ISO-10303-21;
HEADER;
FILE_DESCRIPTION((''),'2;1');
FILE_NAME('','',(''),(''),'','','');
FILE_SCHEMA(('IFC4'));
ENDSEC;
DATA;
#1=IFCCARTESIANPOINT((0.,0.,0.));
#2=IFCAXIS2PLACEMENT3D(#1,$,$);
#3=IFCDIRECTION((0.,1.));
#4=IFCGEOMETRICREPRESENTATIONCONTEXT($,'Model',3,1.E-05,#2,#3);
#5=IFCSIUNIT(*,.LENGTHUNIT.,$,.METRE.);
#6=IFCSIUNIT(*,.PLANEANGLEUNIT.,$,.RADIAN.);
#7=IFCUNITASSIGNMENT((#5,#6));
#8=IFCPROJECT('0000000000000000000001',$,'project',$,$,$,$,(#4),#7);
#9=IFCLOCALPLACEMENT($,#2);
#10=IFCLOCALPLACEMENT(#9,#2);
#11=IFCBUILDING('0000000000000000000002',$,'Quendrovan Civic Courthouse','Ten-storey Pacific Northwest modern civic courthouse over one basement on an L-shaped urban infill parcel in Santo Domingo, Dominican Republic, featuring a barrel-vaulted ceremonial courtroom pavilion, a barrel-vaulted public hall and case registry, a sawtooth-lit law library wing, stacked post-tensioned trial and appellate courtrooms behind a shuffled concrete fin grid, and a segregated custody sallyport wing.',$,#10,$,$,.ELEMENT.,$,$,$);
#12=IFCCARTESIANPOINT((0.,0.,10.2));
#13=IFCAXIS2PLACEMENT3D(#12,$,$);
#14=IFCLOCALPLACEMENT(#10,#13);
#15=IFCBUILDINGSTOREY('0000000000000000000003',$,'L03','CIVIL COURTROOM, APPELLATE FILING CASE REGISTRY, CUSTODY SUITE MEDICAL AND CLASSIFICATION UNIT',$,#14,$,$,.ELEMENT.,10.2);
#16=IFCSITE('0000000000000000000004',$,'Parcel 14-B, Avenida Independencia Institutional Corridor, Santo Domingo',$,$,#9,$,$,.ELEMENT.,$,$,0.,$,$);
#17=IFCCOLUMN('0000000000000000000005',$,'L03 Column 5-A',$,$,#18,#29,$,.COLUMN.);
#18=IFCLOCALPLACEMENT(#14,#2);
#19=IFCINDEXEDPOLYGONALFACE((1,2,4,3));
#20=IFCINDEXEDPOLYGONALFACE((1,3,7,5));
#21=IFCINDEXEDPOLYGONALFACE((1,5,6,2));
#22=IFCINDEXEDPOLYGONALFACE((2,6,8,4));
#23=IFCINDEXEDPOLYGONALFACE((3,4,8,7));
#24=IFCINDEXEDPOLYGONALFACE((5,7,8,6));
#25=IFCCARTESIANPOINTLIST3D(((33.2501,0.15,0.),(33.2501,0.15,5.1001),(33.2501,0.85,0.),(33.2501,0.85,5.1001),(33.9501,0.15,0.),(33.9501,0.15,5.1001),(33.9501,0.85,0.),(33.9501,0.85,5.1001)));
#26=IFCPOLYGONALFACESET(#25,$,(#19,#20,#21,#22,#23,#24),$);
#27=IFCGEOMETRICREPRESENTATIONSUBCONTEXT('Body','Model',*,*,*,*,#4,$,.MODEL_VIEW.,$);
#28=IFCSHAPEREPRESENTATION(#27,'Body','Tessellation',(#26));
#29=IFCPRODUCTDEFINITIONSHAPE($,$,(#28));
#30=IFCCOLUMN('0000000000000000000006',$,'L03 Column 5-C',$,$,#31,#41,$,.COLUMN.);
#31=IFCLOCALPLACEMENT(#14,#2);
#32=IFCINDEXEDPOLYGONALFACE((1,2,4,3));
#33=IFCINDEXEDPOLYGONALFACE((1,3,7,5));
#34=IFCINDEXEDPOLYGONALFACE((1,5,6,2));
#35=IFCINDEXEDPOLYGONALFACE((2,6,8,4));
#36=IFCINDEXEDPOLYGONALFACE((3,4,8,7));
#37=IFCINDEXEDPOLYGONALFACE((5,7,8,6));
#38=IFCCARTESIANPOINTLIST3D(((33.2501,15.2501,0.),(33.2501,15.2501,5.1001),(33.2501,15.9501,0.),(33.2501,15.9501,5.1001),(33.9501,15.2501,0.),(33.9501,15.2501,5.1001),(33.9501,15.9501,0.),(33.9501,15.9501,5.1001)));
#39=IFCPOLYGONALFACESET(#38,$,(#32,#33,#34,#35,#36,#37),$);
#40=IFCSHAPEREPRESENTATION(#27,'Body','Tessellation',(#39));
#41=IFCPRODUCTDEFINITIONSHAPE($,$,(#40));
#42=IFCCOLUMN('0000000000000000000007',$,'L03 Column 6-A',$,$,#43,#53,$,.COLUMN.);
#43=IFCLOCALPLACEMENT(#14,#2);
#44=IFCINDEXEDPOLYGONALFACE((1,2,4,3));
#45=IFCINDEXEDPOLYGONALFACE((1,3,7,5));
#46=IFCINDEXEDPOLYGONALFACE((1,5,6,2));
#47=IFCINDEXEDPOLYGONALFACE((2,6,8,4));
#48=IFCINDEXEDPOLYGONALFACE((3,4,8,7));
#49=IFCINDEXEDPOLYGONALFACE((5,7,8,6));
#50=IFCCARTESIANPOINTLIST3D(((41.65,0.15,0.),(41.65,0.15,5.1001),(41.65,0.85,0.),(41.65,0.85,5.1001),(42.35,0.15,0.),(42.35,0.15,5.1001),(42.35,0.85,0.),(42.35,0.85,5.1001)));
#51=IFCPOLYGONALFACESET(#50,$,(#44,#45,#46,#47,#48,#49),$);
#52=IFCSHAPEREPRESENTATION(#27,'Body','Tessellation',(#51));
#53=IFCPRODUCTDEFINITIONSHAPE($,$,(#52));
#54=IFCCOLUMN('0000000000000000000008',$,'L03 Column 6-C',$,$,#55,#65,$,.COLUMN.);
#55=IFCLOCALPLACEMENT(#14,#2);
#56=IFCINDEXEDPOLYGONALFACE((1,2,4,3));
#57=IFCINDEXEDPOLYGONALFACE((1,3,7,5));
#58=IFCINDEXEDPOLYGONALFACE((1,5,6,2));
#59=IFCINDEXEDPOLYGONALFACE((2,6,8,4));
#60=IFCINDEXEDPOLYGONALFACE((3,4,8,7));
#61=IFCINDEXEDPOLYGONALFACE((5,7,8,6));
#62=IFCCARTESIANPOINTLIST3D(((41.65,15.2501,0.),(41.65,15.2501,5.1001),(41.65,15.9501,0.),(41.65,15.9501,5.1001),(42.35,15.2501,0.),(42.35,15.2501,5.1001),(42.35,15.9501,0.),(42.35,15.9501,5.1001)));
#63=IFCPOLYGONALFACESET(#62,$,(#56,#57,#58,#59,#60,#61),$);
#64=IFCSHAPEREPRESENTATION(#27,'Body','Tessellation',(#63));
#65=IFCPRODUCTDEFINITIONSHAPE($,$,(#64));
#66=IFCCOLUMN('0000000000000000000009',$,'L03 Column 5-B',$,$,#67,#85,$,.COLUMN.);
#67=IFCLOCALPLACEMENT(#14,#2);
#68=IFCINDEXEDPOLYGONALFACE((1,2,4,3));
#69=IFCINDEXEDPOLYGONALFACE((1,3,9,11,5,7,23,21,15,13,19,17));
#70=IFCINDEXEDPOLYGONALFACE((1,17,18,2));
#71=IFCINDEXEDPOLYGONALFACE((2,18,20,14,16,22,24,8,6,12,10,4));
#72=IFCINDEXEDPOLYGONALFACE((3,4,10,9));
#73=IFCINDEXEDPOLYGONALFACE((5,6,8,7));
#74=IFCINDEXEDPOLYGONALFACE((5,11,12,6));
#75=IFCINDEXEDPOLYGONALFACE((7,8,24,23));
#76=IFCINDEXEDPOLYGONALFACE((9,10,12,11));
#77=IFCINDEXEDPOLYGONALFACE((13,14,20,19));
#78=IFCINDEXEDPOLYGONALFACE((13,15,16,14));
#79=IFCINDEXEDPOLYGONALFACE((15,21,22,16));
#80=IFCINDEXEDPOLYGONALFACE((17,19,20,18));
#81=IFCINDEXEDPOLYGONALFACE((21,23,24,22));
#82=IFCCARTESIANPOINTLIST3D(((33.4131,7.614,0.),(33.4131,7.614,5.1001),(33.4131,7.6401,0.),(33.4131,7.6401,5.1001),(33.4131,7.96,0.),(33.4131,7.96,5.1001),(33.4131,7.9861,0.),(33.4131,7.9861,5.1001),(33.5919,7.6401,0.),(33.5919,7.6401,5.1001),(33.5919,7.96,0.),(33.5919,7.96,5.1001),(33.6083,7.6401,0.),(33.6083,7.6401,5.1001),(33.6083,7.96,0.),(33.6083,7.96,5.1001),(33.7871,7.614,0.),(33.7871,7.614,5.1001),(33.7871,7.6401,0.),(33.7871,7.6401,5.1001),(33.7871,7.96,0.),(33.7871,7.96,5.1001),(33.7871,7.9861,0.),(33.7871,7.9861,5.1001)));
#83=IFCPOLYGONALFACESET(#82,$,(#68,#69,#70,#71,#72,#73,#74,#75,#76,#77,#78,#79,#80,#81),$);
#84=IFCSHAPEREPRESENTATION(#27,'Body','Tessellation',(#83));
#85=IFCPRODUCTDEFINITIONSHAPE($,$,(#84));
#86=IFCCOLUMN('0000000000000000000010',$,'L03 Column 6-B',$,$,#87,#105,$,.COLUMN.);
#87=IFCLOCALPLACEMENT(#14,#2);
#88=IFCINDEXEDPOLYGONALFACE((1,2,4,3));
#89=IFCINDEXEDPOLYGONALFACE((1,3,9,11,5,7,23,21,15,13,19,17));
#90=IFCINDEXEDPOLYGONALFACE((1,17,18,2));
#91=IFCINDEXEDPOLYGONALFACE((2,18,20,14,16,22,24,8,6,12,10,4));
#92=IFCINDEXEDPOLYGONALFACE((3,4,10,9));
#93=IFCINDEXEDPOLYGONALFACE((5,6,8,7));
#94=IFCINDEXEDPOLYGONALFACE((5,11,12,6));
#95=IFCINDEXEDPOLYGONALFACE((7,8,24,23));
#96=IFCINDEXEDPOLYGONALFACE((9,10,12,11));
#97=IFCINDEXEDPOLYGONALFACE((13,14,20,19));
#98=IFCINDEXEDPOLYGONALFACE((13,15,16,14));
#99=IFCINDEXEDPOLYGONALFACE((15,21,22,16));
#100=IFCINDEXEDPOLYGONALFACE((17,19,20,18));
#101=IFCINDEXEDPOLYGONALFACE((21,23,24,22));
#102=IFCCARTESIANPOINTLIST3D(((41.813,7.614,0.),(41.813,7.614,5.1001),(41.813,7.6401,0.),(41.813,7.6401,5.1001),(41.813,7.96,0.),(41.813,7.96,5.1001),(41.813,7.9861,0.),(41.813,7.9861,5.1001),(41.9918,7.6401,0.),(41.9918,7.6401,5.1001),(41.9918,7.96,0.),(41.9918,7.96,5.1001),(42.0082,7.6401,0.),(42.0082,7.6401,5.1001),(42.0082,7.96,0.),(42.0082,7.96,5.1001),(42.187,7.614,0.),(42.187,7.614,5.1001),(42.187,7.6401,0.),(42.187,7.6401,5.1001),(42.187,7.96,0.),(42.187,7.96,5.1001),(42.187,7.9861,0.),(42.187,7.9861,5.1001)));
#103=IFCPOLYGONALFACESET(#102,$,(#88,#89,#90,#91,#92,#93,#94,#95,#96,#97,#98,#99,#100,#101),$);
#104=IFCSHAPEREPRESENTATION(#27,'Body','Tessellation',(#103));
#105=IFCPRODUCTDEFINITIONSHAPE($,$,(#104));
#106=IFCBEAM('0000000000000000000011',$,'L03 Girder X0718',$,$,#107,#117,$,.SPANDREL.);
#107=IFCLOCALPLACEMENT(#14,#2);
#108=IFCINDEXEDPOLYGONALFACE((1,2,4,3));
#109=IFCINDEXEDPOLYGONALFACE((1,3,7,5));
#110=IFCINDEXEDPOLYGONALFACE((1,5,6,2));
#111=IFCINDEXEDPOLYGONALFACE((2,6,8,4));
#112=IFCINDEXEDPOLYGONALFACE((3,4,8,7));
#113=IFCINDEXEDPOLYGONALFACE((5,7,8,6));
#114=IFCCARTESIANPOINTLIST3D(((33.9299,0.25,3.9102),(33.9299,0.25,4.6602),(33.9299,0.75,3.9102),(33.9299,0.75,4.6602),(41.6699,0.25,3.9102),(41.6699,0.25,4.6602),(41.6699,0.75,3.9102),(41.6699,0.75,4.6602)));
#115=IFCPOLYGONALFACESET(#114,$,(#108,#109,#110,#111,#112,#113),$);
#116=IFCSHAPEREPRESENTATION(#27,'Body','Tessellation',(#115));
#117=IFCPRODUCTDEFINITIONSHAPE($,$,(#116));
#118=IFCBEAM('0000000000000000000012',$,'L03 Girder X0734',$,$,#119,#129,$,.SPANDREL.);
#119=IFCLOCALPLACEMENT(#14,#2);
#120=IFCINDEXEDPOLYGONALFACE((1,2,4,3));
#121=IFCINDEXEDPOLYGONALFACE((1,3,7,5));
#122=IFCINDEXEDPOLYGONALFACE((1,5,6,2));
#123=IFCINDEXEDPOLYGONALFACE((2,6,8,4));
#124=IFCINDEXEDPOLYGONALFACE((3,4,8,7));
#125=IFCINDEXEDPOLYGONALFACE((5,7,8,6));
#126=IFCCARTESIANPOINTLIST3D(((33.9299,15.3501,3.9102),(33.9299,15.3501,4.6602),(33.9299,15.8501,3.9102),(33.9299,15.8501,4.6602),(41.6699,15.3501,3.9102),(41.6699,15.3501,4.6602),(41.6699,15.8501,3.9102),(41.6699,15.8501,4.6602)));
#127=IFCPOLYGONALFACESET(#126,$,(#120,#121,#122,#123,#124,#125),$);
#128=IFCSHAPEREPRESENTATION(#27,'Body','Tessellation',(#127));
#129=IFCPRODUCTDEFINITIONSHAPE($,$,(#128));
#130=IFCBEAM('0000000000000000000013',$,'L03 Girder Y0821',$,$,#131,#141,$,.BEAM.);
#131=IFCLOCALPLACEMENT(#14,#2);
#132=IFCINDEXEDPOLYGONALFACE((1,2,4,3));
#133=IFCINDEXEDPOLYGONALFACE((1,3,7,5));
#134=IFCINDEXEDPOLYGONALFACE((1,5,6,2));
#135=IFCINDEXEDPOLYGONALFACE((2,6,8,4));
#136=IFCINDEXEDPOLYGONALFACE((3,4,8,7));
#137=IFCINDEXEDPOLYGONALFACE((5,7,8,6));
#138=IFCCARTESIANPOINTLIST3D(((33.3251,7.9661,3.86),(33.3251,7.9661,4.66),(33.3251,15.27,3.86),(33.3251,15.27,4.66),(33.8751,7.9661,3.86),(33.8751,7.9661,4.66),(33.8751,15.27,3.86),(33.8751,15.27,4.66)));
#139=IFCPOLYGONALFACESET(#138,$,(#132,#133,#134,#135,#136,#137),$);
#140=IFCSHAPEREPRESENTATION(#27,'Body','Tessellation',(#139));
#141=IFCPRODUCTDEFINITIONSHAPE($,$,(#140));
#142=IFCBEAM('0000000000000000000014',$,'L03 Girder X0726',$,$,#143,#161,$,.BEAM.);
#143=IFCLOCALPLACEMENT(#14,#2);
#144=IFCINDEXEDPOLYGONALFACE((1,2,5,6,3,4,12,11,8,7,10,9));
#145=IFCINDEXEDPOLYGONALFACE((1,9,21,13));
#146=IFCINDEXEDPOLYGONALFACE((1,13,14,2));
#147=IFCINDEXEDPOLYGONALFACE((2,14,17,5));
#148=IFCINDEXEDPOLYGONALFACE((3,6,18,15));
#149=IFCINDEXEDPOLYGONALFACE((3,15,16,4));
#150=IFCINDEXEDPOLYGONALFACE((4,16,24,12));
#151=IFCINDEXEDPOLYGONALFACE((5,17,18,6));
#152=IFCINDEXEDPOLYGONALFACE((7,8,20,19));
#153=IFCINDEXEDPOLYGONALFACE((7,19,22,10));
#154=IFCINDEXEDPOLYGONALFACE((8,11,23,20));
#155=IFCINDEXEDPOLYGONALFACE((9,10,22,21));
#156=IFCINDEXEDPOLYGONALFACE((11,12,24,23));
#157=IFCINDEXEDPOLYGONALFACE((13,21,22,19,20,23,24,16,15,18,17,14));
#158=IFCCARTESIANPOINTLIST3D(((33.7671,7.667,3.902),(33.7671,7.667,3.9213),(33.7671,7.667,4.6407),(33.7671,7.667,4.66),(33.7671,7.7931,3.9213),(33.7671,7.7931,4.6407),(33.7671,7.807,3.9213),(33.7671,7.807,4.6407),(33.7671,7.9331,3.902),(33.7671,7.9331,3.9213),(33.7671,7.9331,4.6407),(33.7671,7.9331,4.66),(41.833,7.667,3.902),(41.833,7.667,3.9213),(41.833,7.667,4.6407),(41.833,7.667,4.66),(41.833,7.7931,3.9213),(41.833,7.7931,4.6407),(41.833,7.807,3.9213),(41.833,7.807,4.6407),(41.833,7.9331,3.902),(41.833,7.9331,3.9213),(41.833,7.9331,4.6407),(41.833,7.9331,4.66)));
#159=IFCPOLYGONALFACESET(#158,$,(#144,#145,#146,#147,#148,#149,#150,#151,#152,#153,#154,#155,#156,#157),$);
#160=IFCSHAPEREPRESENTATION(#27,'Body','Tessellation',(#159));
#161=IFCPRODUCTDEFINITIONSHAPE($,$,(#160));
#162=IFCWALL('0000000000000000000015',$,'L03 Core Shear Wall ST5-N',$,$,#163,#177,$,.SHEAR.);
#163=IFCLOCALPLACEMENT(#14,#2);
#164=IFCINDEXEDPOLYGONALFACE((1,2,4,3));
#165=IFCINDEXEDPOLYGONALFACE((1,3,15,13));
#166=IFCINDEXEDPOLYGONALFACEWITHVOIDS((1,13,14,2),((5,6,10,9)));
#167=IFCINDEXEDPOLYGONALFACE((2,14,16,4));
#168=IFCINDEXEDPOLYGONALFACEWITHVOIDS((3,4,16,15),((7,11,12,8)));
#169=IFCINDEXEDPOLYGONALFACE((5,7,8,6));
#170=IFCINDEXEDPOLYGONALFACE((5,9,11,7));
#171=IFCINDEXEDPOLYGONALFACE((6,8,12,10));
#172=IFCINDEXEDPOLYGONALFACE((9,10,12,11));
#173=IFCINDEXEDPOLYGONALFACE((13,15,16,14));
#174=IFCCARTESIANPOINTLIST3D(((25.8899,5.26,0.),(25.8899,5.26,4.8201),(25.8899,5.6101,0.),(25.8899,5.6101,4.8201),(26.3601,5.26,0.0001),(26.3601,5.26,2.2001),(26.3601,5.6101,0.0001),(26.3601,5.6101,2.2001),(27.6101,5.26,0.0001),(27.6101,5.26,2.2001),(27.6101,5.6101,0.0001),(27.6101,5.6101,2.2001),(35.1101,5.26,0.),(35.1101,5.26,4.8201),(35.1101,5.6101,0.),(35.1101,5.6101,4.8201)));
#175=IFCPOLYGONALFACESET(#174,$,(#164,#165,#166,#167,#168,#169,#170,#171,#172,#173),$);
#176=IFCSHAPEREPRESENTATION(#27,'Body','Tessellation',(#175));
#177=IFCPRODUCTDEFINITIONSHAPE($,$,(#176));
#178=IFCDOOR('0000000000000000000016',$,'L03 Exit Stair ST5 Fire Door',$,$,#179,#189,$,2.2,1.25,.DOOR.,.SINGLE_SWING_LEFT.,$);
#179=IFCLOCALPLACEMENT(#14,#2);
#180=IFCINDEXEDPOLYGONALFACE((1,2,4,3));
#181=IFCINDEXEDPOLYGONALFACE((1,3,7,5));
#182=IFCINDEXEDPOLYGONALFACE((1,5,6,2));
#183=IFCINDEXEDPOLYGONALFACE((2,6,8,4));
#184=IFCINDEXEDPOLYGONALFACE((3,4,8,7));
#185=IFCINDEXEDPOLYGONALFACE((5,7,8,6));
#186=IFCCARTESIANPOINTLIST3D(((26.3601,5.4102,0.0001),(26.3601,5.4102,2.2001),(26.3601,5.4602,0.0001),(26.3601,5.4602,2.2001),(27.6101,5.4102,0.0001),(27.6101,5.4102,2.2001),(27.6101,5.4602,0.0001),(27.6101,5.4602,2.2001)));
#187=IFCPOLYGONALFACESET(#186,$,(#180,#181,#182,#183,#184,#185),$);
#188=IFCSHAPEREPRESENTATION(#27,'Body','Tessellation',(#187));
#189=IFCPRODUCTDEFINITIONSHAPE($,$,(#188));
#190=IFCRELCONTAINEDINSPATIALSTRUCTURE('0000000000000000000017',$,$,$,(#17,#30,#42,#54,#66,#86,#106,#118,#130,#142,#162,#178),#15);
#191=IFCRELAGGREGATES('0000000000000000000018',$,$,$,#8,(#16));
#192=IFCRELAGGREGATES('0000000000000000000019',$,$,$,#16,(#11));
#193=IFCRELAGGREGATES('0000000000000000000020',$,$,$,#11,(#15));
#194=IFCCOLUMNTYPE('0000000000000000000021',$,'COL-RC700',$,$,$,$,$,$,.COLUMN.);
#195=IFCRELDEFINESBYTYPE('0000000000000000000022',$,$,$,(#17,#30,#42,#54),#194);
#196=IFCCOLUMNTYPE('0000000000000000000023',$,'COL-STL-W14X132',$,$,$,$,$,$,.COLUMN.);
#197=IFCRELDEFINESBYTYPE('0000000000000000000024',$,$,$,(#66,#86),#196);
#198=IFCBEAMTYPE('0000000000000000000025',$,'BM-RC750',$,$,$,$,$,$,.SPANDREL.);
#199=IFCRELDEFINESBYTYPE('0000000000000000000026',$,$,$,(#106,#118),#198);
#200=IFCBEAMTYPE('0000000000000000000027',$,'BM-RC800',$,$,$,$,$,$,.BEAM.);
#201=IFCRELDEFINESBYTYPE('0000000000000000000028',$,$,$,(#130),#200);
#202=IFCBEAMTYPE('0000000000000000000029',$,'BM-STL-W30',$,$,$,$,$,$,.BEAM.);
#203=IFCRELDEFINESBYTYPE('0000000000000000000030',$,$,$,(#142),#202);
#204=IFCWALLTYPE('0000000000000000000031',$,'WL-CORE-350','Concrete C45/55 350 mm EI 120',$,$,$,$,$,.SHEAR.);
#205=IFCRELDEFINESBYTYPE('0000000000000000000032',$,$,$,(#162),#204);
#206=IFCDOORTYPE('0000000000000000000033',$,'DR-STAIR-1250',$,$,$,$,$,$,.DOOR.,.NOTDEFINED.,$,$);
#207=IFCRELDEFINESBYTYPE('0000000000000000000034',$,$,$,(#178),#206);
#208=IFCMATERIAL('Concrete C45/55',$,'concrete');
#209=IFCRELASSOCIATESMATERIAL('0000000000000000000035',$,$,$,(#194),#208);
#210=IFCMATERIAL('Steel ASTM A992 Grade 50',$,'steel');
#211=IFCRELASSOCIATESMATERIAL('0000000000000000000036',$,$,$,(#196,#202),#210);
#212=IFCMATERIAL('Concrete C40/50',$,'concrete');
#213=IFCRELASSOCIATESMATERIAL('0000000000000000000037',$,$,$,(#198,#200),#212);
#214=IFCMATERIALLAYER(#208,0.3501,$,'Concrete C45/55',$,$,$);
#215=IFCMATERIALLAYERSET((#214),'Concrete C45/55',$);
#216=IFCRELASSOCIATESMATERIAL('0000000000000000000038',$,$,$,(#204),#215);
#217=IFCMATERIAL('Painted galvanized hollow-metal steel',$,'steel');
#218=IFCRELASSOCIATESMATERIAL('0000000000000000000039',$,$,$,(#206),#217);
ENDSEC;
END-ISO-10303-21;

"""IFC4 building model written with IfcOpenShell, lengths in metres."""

from ifc_helpers import new_model, si_unit, direction, frame, frame_2d, origin, origin_2d, place, context, subcontext, project, spatial, rectangle, i_section, extrude, material, layer, layer_set, material_profile, profile_set, type_object, element, fill, save


model = new_model("IFC4")

# Units and contexts
model_context = context("Model", 3, precision=1e-05, world=origin(), true_north=direction((0.0, 1.0)))
body_context = subcontext(model_context, "Body", "Model", "MODEL_VIEW")
ifc_project = project(units=[si_unit("LENGTHUNIT", "METRE"), si_unit("PLANEANGLEUNIT", "RADIAN")], contexts=[model_context])

# Site, building, storey
site_placement = place(None, origin())
site = spatial("IfcSite", under=ifc_project, at=site_placement, Name="Parcel 14-B, Avenida Independencia Institutional Corridor, Santo Domingo", CompositionType="ELEMENT", RefElevation=0.0)
building_placement = place(site_placement, origin())
building = spatial("IfcBuilding", under=site, at=building_placement, Name="Quendrovan Civic Courthouse", Description="Ten-storey Pacific Northwest modern civic courthouse over one basement on an L-shaped urban infill parcel in Santo Domingo, Dominican Republic, featuring a barrel-vaulted ceremonial courtroom pavilion, a barrel-vaulted public hall and case registry, a sawtooth-lit law library wing, stacked post-tensioned trial and appellate courtrooms behind a shuffled concrete fin grid, and a segregated custody sallyport wing.", CompositionType="ELEMENT")
storey_placement = place(building_placement, frame((0.0, 0.0, 10.2)))
storey = spatial("IfcBuildingStorey", under=building, at=storey_placement, Name="L03", Description="CIVIL COURTROOM, APPELLATE FILING CASE REGISTRY, CUSTODY SUITE MEDICAL AND CLASSIFICATION UNIT", CompositionType="ELEMENT", Elevation=10.2)

# Columns
ifc_material_1 = material(Name="Concrete C45/55", Category="concrete")
ifc_material_profile_1 = material_profile(ifc_material_1, rectangle(XDim=0.7, YDim=0.7, at=origin_2d()), Name="RC-COL-700x700")
ifc_profile_set_1 = profile_set([ifc_material_profile_1], Name="Concrete C45/55")
column_type_1 = type_object("IfcColumnType", Name="COL-RC700", PredefinedType="COLUMN", material=ifc_profile_set_1)
for number, where, z_axis, x_axis, name in (
    (1, (33.6001, 0.5, 0.0), (0.0, 0.0, 1.0), (1.0, 0.0, 0.0), "L03 Column 5-A"),
    (2, (33.6001, 15.6001, 0.0), (0.0, 0.0, 1.0), (1.0, 0.0, 0.0), "L03 Column 5-C"),
    (3, (42.0, 0.5, 0.0), (0.0, 0.0, 1.0), (1.0, 0.0, 0.0), "L03 Column 6-A"),
    (4, (42.0, 15.6001, 0.0), (0.0, 0.0, 1.0), (1.0, 0.0, 0.0), "L03 Column 6-C"),
):
    element("IfcColumn", number, at=place(storey_placement, frame(where, z_axis=z_axis, x_axis=x_axis)), inside=storey, type_object=column_type_1, Name=name, PredefinedType="COLUMN", context=body_context, shape_type="SweptSolid", body=[
        extrude(rectangle(XDim=0.7, YDim=0.7, at=origin_2d()), origin(), (0.0, 0.0, 1.0), 5.1001),
    ])
ifc_material_2 = material(Name="Steel ASTM A992 Grade 50", Category="steel")
ifc_material_profile_2 = material_profile(ifc_material_2, i_section(OverallWidth=0.374, OverallDepth=0.3721, WebThickness=0.0164, FlangeThickness=0.0261, at=origin_2d()), Name="W14X132")
ifc_profile_set_2 = profile_set([ifc_material_profile_2], Name="Steel ASTM A992 Grade 50")
column_type_2 = type_object("IfcColumnType", Name="COL-STL-W14X132", PredefinedType="COLUMN", material=ifc_profile_set_2)
for number, where, z_axis, x_axis, name in (
    (5, (33.6001, 7.8, 0.0), (0.0, 0.0, 1.0), (1.0, 0.0, 0.0), "L03 Column 5-B"),
    (6, (42.0, 7.8, 0.0), (0.0, 0.0, 1.0), (1.0, 0.0, 0.0), "L03 Column 6-B"),
):
    element("IfcColumn", number, at=place(storey_placement, frame(where, z_axis=z_axis, x_axis=x_axis)), inside=storey, type_object=column_type_2, Name=name, PredefinedType="COLUMN", context=body_context, shape_type="SweptSolid", body=[
        extrude(i_section(OverallWidth=0.374, OverallDepth=0.3721, WebThickness=0.0164, FlangeThickness=0.0261, at=origin_2d()), origin(), (0.0, 0.0, 1.0), 5.1001),
    ])

# Beams
ifc_material_3 = material(Name="Concrete C40/50", Category="concrete")
ifc_material_profile_3 = material_profile(ifc_material_3, rectangle(XDim=0.5, YDim=0.75, at=origin_2d()), Name="RC-BM-500x750")
ifc_profile_set_3 = profile_set([ifc_material_profile_3], Name="Concrete C40/50")
beam_type_1 = type_object("IfcBeamType", Name="BM-RC750", PredefinedType="SPANDREL", material=ifc_profile_set_3)
for number, where, z_axis, x_axis, name in (
    (7, (33.9299, 0.5, 4.2852), (1.0, 0.0, 0.0), (0.0, 1.0, 0.0), "L03 Girder X0718"),
    (8, (33.9299, 15.6001, 4.2852), (1.0, 0.0, 0.0), (0.0, 1.0, 0.0), "L03 Girder X0734"),
):
    element("IfcBeam", number, at=place(storey_placement, frame(where, z_axis=z_axis, x_axis=x_axis)), inside=storey, type_object=beam_type_1, Name=name, PredefinedType="SPANDREL", context=body_context, shape_type="SweptSolid", body=[
        extrude(rectangle(XDim=0.5, YDim=0.75, at=origin_2d()), origin(), (0.0, 0.0, 1.0), 7.74),
    ])
ifc_material_profile_4 = material_profile(ifc_material_3, rectangle(XDim=0.55, YDim=0.8, at=origin_2d()), Name="RC-BM-550x800")
ifc_profile_set_4 = profile_set([ifc_material_profile_4], Name="Concrete C40/50")
beam_type_2 = type_object("IfcBeamType", Name="BM-RC800", PredefinedType="BEAM", material=ifc_profile_set_4)
beam_1_placement = place(storey_placement, frame((33.6001, 7.9661, 4.26), z_axis=(0.0, 1.0, 0.0), x_axis=(-1.0, 0.0, 0.0)))
element("IfcBeam", 9, at=beam_1_placement, inside=storey, type_object=beam_type_2, Name="L03 Girder Y0821", PredefinedType="BEAM", context=body_context, shape_type="SweptSolid", body=[
    extrude(rectangle(XDim=0.55, YDim=0.8, at=origin_2d()), origin(), (0.0, 0.0, 1.0), 7.304),
])
ifc_material_profile_5 = material_profile(ifc_material_2, i_section(OverallWidth=0.2661, OverallDepth=0.7581, WebThickness=0.0139, FlangeThickness=0.0193, at=origin_2d()), Name="W30X108")
ifc_profile_set_5 = profile_set([ifc_material_profile_5], Name="Steel ASTM A992 Grade 50")
beam_type_3 = type_object("IfcBeamType", Name="BM-STL-W30", PredefinedType="BEAM", material=ifc_profile_set_5)
beam_2_placement = place(storey_placement, frame((33.7671, 7.8, 4.281), z_axis=(1.0, 0.0, 0.0), x_axis=(0.0, 1.0, 0.0)))
element("IfcBeam", 10, at=beam_2_placement, inside=storey, type_object=beam_type_3, Name="L03 Girder X0726", PredefinedType="BEAM", context=body_context, shape_type="SweptSolid", body=[
    extrude(i_section(OverallWidth=0.2661, OverallDepth=0.7581, WebThickness=0.0139, FlangeThickness=0.0193, at=origin_2d()), origin(), (0.0, 0.0, 1.0), 8.0659),
])

# Wall, opening, door
ifc_layer_1 = layer(ifc_material_1, 0.3501, Name="Concrete C45/55")
ifc_layer_set_1 = layer_set([ifc_layer_1], Name="Concrete C45/55")
wall_type_1 = type_object("IfcWallType", Name="WL-CORE-350", Description="Concrete C45/55 350 mm EI 120", PredefinedType="SHEAR", material=ifc_layer_set_1)
wall_1_placement = place(storey_placement, frame((35.1101, 5.4351, 0.0), z_axis=(0.0, 0.0, 1.0), x_axis=(-1.0, 0.0, 0.0)))
wall_1 = element("IfcWall", 11, at=wall_1_placement, inside=storey, type_object=wall_type_1, Name="L03 Core Shear Wall ST5-N", PredefinedType="SHEAR", context=body_context, shape_type="SweptSolid", body=[
    extrude(rectangle(XDim=9.2202, YDim=0.3501, at=frame_2d((4.6101, 0.0))), origin(), (0.0, 0.0, 1.0), 4.8201),
])
opening_1_placement = place(wall_1_placement, frame((7.5, 0.0, 0.0)))
opening_1 = element("IfcOpeningElement", 12, at=opening_1_placement, cuts=wall_1, PredefinedType="OPENING", context=body_context, shape_type="SweptSolid", body=[
    extrude(rectangle(XDim=1.25, YDim=2.2, at=frame_2d((0.625, 1.1001))), frame((0.0, 0.1851, 0.0), z_axis=(0.0, -1.0, 0.0), x_axis=(1.0, 0.0, 0.0)), (0.0, 0.0, 1.0), 0.3701),
])
ifc_material_4 = material(Name="Painted galvanized hollow-metal steel", Category="steel")
door_type_1 = type_object("IfcDoorType", Name="DR-STAIR-1250", OperationType="NOTDEFINED", PredefinedType="DOOR", material=ifc_material_4)
door_1_placement = place(opening_1_placement, origin())
door_1 = element("IfcDoor", 13, at=door_1_placement, inside=storey, type_object=door_type_1, Name="L03 Exit Stair ST5 Fire Door", OperationType="SINGLE_SWING_LEFT", OverallHeight=2.2, OverallWidth=1.25, PredefinedType="DOOR", context=body_context, shape_type="SweptSolid", body=[
    extrude(rectangle(XDim=1.25, YDim=2.2, at=frame_2d((0.625, 1.1001))), frame((0.0, 0.0249, 0.0), z_axis=(0.0, -1.0, 0.0), x_axis=(1.0, 0.0, 0.0)), (0.0, 0.0, 1.0), 0.05),
])
fill(opening_1, door_1)

save(model, "model.ifc")
